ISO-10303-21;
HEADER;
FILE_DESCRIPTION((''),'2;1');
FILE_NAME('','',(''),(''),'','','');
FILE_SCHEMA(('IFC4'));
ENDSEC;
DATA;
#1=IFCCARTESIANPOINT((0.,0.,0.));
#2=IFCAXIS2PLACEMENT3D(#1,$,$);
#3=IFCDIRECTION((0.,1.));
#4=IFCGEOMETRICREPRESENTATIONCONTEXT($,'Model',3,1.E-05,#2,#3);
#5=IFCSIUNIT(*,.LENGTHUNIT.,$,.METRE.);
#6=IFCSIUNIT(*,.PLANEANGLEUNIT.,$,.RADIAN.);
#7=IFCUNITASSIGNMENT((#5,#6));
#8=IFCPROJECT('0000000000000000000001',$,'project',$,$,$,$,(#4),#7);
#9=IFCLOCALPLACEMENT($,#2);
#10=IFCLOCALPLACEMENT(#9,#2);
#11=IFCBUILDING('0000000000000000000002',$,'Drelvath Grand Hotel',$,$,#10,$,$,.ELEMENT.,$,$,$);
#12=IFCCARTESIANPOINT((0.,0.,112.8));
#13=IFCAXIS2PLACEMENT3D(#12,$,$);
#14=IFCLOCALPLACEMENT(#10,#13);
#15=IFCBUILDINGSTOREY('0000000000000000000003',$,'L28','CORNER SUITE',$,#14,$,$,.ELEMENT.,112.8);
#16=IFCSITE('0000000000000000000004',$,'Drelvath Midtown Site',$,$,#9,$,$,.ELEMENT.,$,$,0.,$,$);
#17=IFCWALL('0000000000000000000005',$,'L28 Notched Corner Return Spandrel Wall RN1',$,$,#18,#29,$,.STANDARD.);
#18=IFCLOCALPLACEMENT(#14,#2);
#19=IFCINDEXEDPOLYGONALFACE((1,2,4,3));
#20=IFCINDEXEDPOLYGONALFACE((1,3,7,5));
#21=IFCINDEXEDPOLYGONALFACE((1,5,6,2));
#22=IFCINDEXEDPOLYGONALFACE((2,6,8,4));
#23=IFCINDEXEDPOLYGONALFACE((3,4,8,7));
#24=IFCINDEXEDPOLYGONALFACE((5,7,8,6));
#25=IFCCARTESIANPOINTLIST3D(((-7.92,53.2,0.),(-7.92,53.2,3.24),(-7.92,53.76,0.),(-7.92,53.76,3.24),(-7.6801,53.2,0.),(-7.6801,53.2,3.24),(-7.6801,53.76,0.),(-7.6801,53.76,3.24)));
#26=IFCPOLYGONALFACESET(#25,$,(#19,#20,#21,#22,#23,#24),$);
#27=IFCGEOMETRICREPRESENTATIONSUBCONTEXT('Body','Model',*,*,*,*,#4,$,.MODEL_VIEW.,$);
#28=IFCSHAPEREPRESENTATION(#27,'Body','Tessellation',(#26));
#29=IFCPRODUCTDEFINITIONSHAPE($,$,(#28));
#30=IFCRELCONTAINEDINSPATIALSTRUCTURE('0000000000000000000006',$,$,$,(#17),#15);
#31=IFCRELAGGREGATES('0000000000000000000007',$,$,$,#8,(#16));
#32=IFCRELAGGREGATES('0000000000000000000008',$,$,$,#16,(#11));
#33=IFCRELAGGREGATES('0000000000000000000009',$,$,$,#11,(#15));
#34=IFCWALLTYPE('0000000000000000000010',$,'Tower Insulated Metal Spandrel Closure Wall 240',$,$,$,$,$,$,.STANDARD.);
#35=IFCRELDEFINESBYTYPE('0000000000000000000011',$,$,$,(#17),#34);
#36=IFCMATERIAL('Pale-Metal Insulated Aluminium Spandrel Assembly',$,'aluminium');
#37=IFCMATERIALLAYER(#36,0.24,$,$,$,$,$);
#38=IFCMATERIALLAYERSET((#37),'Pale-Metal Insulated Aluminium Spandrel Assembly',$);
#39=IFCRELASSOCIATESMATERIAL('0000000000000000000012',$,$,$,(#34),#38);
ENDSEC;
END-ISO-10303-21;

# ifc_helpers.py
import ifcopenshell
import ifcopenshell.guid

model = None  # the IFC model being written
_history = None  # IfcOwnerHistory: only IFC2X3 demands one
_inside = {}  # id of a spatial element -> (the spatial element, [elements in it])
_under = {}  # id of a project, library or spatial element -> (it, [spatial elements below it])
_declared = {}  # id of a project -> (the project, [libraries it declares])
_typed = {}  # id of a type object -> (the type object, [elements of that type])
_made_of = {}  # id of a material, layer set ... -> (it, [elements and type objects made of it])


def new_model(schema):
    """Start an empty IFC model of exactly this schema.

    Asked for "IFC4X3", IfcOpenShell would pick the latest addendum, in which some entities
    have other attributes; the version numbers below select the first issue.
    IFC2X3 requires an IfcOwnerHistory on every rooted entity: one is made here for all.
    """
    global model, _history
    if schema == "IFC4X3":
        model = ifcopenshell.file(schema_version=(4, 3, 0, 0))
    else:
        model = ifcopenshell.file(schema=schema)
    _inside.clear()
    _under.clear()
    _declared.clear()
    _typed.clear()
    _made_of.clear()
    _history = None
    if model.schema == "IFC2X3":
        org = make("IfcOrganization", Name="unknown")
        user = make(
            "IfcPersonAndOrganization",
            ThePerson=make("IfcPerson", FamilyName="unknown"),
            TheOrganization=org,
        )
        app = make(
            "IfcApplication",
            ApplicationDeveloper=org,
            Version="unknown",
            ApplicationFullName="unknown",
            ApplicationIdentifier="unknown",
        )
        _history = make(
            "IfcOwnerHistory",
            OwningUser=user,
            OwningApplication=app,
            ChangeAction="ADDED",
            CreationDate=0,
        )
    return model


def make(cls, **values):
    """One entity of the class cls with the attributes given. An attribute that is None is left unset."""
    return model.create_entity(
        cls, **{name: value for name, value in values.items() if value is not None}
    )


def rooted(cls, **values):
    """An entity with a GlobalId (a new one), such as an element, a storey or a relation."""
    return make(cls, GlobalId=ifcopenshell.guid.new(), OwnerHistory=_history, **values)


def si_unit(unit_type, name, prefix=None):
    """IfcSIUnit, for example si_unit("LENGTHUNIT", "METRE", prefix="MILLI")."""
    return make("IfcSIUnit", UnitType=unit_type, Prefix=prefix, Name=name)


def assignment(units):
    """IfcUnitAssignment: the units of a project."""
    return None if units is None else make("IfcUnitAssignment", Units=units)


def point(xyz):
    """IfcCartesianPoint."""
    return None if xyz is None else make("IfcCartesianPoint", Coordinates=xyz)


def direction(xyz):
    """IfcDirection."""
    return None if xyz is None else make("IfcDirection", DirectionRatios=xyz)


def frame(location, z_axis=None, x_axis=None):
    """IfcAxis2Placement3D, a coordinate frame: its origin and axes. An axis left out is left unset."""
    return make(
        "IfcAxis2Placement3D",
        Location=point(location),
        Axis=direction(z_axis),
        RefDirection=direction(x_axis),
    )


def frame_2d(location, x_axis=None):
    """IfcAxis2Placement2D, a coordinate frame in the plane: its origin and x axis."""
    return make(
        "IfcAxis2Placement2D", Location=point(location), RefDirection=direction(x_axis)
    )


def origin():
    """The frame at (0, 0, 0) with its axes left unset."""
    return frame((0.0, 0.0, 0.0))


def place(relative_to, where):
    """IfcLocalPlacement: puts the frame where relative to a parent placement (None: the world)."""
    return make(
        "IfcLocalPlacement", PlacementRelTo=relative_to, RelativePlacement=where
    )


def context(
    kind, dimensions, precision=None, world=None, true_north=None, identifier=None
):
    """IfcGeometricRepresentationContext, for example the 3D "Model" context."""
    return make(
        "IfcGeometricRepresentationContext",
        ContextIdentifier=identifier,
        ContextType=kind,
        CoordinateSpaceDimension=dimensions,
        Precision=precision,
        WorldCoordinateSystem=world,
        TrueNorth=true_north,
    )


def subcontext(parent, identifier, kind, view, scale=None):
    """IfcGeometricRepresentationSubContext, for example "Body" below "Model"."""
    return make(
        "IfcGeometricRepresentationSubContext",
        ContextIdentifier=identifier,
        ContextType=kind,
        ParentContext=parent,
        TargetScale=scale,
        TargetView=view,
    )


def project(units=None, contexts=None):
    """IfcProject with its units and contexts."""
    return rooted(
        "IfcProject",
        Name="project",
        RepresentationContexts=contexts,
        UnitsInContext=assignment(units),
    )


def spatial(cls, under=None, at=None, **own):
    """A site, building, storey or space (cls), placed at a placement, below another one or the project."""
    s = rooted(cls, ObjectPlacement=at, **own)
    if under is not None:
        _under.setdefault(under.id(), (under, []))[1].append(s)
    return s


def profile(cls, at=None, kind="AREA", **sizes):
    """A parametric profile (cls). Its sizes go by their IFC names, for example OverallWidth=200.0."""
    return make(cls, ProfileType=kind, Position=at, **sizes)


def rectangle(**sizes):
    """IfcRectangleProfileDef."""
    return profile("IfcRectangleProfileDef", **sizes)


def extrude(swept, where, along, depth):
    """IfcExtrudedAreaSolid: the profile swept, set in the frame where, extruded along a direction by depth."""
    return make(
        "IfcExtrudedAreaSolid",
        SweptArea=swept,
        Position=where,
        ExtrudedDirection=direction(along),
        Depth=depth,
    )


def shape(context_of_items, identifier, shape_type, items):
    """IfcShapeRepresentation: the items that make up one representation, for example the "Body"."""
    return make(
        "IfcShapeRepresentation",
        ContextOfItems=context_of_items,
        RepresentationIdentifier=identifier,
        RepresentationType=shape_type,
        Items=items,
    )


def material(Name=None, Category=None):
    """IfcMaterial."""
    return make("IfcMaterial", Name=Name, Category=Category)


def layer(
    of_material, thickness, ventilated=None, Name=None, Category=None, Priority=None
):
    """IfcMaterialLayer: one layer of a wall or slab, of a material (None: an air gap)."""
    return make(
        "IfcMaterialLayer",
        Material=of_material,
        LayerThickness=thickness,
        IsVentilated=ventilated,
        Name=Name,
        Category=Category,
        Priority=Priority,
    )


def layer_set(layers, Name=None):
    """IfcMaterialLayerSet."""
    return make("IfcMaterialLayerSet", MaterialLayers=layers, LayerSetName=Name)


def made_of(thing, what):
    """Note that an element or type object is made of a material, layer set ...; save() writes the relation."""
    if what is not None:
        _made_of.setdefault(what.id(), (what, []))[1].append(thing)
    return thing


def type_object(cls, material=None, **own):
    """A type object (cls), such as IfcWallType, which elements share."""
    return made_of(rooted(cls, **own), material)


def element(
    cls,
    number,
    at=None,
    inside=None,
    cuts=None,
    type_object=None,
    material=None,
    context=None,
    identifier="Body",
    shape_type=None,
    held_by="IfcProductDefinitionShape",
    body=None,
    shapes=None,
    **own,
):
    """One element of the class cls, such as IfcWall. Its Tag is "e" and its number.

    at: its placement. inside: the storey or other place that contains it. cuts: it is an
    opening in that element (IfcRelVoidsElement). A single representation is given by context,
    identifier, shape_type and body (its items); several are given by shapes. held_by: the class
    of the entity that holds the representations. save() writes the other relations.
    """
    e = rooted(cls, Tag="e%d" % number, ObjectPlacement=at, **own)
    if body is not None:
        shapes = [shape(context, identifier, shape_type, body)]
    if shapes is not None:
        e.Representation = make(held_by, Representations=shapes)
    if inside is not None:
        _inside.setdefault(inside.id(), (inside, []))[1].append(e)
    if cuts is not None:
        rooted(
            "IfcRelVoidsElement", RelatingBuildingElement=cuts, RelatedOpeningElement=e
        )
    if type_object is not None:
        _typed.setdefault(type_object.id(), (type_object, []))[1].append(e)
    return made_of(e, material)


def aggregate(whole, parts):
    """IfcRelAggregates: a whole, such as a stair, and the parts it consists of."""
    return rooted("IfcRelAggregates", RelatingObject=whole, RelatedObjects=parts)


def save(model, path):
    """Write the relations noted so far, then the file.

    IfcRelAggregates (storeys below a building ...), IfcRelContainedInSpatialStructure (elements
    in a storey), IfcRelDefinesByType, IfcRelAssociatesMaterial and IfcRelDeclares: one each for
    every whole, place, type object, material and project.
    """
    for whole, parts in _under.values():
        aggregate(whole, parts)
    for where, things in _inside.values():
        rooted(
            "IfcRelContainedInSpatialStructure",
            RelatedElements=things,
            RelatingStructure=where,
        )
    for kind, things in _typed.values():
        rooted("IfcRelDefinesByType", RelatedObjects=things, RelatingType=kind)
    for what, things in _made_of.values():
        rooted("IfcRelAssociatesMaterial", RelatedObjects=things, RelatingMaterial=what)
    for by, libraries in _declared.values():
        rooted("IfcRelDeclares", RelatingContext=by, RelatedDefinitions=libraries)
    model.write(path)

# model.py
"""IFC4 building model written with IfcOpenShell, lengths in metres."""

from ifc_helpers import new_model, si_unit, direction, frame, frame_2d, origin, place, context, subcontext, project, spatial, rectangle, extrude, material, layer, layer_set, type_object, element, save


model = new_model("IFC4")

# Units and contexts
model_context = context("Model", 3, precision=1e-05, world=origin(), true_north=direction((0.0, 1.0)))
body_context = subcontext(model_context, "Body", "Model", "MODEL_VIEW")
ifc_project = project(units=[si_unit("LENGTHUNIT", "METRE"), si_unit("PLANEANGLEUNIT", "RADIAN")], contexts=[model_context])

# Site, building, storey
site_placement = place(None, origin())
site = spatial("IfcSite", under=ifc_project, at=site_placement, Name="Drelvath Midtown Site", CompositionType="ELEMENT", RefElevation=0.0)
building_placement = place(site_placement, origin())
building = spatial("IfcBuilding", under=site, at=building_placement, Name="Drelvath Grand Hotel", CompositionType="ELEMENT")
storey_placement = place(building_placement, frame((0.0, 0.0, 112.8)))
storey = spatial("IfcBuildingStorey", under=building, at=storey_placement, Name="L28", Description="CORNER SUITE", CompositionType="ELEMENT", Elevation=112.8)

# Wall
ifc_material_1 = material(Name="Pale-Metal Insulated Aluminium Spandrel Assembly", Category="aluminium")
ifc_layer_1 = layer(ifc_material_1, 0.24)
ifc_layer_set_1 = layer_set([ifc_layer_1], Name="Pale-Metal Insulated Aluminium Spandrel Assembly")
wall_type_1 = type_object("IfcWallType", Name="Tower Insulated Metal Spandrel Closure Wall 240", PredefinedType="STANDARD", material=ifc_layer_set_1)
wall_1_placement = place(storey_placement, frame((-7.8, 53.76, 0.0), z_axis=(0.0, 0.0, 1.0), x_axis=(0.0, -1.0, 0.0)))
element("IfcWall", 1, at=wall_1_placement, inside=storey, type_object=wall_type_1, Name="L28 Notched Corner Return Spandrel Wall RN1", PredefinedType="STANDARD", context=body_context, shape_type="SweptSolid", body=[
    extrude(rectangle(XDim=0.5601, YDim=0.24, at=frame_2d((0.28, 0.0))), origin(), (0.0, 0.0, 1.0), 3.24),
])

save(model, "model.ifc")
